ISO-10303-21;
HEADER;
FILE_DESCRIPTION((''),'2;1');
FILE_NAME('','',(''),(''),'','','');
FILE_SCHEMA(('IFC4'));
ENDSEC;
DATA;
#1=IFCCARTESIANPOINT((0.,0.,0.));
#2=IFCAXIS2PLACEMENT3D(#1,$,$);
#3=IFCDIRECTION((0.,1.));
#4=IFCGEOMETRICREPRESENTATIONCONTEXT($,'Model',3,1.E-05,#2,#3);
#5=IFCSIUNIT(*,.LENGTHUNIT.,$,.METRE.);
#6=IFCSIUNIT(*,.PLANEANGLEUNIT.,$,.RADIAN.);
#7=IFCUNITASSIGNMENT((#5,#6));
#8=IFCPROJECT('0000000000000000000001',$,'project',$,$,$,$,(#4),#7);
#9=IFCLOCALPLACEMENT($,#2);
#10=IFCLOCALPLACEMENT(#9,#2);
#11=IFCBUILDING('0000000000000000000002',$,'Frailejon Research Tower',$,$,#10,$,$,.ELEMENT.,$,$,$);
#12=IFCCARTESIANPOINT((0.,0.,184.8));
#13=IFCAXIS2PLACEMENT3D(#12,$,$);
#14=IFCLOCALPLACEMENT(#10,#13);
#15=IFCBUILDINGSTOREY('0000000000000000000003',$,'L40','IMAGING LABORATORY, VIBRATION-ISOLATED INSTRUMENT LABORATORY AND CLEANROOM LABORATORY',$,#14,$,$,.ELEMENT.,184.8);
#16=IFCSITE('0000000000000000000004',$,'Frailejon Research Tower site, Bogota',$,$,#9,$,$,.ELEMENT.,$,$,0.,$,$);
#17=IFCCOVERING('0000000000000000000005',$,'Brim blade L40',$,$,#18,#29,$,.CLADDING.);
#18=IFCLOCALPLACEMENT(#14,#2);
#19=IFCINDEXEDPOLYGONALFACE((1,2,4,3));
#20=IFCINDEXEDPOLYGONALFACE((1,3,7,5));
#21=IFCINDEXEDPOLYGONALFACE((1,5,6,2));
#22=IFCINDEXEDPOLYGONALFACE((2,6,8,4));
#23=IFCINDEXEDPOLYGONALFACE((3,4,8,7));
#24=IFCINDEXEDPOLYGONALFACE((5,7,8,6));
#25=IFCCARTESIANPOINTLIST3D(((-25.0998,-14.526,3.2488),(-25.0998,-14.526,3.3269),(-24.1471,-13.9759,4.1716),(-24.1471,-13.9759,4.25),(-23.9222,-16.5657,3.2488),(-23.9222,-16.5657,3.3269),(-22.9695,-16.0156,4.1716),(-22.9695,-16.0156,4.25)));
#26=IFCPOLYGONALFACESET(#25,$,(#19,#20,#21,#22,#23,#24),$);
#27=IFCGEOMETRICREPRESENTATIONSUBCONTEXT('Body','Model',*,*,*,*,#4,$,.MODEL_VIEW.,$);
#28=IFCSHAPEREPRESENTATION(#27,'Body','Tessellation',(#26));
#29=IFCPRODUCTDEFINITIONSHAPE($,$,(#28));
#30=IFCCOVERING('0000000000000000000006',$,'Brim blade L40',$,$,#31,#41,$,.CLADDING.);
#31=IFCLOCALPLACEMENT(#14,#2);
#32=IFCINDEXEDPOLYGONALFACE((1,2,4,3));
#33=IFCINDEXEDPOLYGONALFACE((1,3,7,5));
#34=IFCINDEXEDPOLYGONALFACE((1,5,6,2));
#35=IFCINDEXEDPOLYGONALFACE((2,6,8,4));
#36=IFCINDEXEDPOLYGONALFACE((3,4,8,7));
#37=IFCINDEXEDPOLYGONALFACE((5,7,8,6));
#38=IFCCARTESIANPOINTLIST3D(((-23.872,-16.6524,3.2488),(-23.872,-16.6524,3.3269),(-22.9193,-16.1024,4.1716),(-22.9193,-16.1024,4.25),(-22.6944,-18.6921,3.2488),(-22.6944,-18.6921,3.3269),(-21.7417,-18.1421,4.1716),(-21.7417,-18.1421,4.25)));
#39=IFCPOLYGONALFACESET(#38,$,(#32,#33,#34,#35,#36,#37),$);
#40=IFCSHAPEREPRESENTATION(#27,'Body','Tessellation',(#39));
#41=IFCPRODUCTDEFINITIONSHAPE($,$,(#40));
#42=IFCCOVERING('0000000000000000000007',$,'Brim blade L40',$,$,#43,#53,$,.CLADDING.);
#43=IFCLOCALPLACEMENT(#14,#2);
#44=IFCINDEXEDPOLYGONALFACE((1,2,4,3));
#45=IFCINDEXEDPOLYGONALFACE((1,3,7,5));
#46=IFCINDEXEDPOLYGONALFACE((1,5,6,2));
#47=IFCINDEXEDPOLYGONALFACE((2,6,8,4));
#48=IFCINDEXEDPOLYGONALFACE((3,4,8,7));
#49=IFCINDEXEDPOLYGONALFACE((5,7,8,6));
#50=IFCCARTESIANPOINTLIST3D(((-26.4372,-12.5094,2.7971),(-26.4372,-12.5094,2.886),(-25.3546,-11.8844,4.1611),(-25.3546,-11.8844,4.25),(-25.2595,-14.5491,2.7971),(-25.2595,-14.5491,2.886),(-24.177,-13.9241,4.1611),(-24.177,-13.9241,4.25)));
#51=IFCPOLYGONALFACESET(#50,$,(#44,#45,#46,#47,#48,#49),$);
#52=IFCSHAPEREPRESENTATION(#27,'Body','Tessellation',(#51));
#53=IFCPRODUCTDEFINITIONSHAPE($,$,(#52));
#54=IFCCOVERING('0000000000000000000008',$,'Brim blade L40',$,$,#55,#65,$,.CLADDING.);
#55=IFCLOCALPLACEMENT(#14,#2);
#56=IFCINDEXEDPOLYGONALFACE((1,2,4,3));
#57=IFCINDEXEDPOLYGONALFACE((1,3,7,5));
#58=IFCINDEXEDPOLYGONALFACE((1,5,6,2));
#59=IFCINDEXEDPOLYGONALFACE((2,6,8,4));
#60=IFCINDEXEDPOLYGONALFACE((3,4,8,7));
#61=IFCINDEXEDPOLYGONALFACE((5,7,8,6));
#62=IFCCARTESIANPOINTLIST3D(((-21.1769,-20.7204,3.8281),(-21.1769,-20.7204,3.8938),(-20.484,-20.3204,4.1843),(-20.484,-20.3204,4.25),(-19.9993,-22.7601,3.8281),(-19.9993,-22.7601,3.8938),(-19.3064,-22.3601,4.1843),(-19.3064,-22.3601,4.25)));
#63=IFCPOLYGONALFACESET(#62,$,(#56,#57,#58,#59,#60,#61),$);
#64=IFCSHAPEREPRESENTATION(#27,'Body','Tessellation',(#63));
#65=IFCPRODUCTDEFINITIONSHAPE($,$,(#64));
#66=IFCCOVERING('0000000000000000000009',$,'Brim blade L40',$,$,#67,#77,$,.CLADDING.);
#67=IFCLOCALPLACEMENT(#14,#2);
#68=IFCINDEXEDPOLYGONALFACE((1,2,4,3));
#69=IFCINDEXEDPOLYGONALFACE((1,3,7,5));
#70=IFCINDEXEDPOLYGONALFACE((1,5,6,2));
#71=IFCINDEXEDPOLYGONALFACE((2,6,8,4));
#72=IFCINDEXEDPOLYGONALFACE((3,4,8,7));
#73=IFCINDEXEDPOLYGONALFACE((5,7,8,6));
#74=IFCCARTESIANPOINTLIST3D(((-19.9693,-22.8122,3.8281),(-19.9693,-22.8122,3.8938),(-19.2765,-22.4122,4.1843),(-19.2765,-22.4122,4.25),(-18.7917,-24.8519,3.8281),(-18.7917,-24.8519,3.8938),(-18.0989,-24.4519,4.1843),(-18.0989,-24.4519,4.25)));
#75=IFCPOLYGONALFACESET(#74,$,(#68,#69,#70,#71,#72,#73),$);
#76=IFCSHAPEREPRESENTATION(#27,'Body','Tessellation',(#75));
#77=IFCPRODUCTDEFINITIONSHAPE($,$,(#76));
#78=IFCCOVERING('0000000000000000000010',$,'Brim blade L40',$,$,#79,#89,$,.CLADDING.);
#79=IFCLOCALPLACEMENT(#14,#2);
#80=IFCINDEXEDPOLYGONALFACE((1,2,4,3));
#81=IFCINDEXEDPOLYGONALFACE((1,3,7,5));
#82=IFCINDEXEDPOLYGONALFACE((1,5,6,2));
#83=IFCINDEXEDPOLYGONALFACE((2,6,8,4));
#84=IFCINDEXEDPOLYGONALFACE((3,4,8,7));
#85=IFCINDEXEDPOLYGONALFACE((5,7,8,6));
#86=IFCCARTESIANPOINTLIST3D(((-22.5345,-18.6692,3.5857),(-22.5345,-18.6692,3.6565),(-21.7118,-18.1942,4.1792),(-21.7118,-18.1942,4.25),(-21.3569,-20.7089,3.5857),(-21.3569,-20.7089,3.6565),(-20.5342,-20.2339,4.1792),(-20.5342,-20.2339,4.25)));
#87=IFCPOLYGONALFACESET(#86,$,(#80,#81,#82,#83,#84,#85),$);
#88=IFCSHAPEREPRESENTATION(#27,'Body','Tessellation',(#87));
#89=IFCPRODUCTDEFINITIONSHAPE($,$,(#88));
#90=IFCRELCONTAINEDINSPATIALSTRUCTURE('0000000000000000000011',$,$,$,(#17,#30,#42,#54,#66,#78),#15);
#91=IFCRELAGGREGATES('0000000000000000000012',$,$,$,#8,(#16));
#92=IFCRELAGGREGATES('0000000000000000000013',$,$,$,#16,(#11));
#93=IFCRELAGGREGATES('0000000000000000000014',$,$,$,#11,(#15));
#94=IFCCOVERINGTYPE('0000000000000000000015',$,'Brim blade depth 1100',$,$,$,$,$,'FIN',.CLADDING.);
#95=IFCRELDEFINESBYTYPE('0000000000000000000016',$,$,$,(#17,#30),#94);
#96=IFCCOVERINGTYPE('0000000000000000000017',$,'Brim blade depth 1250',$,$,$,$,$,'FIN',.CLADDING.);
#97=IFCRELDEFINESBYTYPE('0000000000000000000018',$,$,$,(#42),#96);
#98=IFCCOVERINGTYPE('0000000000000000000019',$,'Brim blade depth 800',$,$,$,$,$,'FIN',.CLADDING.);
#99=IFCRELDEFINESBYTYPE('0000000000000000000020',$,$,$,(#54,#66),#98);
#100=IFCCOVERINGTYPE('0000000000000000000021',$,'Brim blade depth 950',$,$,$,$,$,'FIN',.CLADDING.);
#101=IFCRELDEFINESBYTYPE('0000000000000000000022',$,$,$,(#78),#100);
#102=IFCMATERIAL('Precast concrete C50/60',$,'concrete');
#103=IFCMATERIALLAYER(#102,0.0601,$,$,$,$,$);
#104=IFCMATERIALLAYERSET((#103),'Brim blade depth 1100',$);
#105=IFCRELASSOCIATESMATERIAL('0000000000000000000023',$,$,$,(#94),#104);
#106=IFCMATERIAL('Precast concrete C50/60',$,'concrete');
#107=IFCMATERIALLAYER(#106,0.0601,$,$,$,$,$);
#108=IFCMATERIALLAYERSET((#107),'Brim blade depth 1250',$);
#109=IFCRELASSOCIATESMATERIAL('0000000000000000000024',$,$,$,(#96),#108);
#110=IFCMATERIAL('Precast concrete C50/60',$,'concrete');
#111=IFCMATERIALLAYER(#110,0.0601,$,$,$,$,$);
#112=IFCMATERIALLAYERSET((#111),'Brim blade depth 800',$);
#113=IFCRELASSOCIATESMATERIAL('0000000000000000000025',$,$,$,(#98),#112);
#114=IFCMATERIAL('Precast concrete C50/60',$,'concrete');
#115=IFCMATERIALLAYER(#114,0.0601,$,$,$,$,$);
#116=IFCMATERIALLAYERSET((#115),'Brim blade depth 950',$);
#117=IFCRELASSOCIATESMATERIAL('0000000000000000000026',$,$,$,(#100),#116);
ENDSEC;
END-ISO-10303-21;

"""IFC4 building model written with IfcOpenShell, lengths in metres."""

from ifc_helpers import new_model, si_unit, direction, frame, origin, place, context, subcontext, project, spatial, polyline, outline, extrude, material, layer, layer_set, type_object, element, save


model = new_model("IFC4")

# Units and contexts
model_context = context("Model", 3, precision=1e-05, world=origin(), true_north=direction((0.0, 1.0)))
body_context = subcontext(model_context, "Body", "Model", "MODEL_VIEW")
ifc_project = project(units=[si_unit("LENGTHUNIT", "METRE"), si_unit("PLANEANGLEUNIT", "RADIAN")], contexts=[model_context])

# Site, building, storey
site_placement = place(None, origin())
site = spatial("IfcSite", under=ifc_project, at=site_placement, Name="Frailejon Research Tower site, Bogota", CompositionType="ELEMENT", RefElevation=0.0)
building_placement = place(site_placement, origin())
building = spatial("IfcBuilding", under=site, at=building_placement, Name="Frailejon Research Tower", CompositionType="ELEMENT")
storey_placement = place(building_placement, frame((0.0, 0.0, 184.8)))
storey = spatial("IfcBuildingStorey", under=building, at=storey_placement, Name="L40", Description="IMAGING LABORATORY, VIBRATION-ISOLATED INSTRUMENT LABORATORY AND CLEANROOM LABORATORY", CompositionType="ELEMENT", Elevation=184.8)

# Coverings
ifc_material_1 = material(Name="Precast concrete C50/60", Category="concrete")
ifc_layer_1 = layer(ifc_material_1, 0.0601)
ifc_layer_set_1 = layer_set([ifc_layer_1], Name="Brim blade depth 1100")
covering_type_1 = type_object("IfcCoveringType", Name="Brim blade depth 1100", ElementType="FIN", PredefinedType="CLADDING", material=ifc_layer_set_1)
for number, where, z_axis, x_axis, name in (
    (1, (-22.9695, -16.0156, 4.25), (-0.500006, 0.866022, 0.0), (-0.866022, -0.500006, 0.0), "Brim blade L40"),
    (2, (-21.7417, -18.1421, 4.25), (-0.499997, 0.866027, 0.0), (-0.866027, -0.499997, 0.0), "Brim blade L40"),
):
    element("IfcCovering", number, at=place(storey_placement, frame(where, z_axis=z_axis, x_axis=x_axis)), inside=storey, type_object=covering_type_1, Name=name, PredefinedType="CLADDING", context=body_context, shape_type="SweptSolid", body=[
        extrude(outline(polyline([(0.0, -0.0784), (1.1001, -1.0012), (1.1001, -0.9231), (0.0, 0.0), (0.0, -0.0784)])), origin(), (0.0, 0.0, 1.0), 2.3552),
    ])
ifc_material_2 = material(Name="Precast concrete C50/60", Category="concrete")
ifc_layer_2 = layer(ifc_material_2, 0.0601)
ifc_layer_set_2 = layer_set([ifc_layer_2], Name="Brim blade depth 1250")
covering_type_2 = type_object("IfcCoveringType", Name="Brim blade depth 1250", ElementType="FIN", PredefinedType="CLADDING", material=ifc_layer_set_2)
covering_1_placement = place(storey_placement, frame((-24.177, -13.9241, 4.25), z_axis=(-0.500006, 0.866022, 0.0), x_axis=(-0.866022, -0.500006, 0.0)))
element("IfcCovering", 3, at=covering_1_placement, inside=storey, type_object=covering_type_2, Name="Brim blade L40", PredefinedType="CLADDING", context=body_context, shape_type="SweptSolid", body=[
    extrude(outline(polyline([(0.0, -0.0889), (1.25, -1.4529), (1.25, -1.364), (0.0, 0.0), (0.0, -0.0889)])), origin(), (0.0, 0.0, 1.0), 2.3552),
])
ifc_material_3 = material(Name="Precast concrete C50/60", Category="concrete")
ifc_layer_3 = layer(ifc_material_3, 0.0601)
ifc_layer_set_3 = layer_set([ifc_layer_3], Name="Brim blade depth 800")
covering_type_3 = type_object("IfcCoveringType", Name="Brim blade depth 800", ElementType="FIN", PredefinedType="CLADDING", material=ifc_layer_set_3)
for number, where, z_axis, x_axis, name in (
    (4, (-19.3064, -22.3601, 4.25), (-0.499997, 0.866027, 0.0), (-0.866027, -0.499997, 0.0), "Brim blade L40"),
    (5, (-18.0989, -24.4519, 4.25), (-0.499997, 0.866027, 0.0), (-0.866027, -0.499997, 0.0), "Brim blade L40"),
):
    element("IfcCovering", number, at=place(storey_placement, frame(where, z_axis=z_axis, x_axis=x_axis)), inside=storey, type_object=covering_type_3, Name=name, PredefinedType="CLADDING", context=body_context, shape_type="SweptSolid", body=[
        extrude(outline(polyline([(0.0, -0.0657), (0.8, -0.4219), (0.8, -0.3562), (0.0, 0.0), (0.0, -0.0657)])), origin(), (0.0, 0.0, 1.0), 2.3552),
    ])
ifc_material_4 = material(Name="Precast concrete C50/60", Category="concrete")
ifc_layer_4 = layer(ifc_material_4, 0.0601)
ifc_layer_set_4 = layer_set([ifc_layer_4], Name="Brim blade depth 950")
covering_type_4 = type_object("IfcCoveringType", Name="Brim blade depth 950", ElementType="FIN", PredefinedType="CLADDING", material=ifc_layer_set_4)
covering_2_placement = place(storey_placement, frame((-20.5342, -20.2339, 4.25), z_axis=(-0.499997, 0.866027, 0.0), x_axis=(-0.866027, -0.499997, 0.0)))
element("IfcCovering", 6, at=covering_2_placement, inside=storey, type_object=covering_type_4, Name="Brim blade L40", PredefinedType="CLADDING", context=body_context, shape_type="SweptSolid", body=[
    extrude(outline(polyline([(0.0, -0.0708), (0.95, -0.6643), (0.95, -0.5935), (0.0, 0.0), (0.0, -0.0708)])), origin(), (0.0, 0.0, 1.0), 2.3552),
])

save(model, "model.ifc")
